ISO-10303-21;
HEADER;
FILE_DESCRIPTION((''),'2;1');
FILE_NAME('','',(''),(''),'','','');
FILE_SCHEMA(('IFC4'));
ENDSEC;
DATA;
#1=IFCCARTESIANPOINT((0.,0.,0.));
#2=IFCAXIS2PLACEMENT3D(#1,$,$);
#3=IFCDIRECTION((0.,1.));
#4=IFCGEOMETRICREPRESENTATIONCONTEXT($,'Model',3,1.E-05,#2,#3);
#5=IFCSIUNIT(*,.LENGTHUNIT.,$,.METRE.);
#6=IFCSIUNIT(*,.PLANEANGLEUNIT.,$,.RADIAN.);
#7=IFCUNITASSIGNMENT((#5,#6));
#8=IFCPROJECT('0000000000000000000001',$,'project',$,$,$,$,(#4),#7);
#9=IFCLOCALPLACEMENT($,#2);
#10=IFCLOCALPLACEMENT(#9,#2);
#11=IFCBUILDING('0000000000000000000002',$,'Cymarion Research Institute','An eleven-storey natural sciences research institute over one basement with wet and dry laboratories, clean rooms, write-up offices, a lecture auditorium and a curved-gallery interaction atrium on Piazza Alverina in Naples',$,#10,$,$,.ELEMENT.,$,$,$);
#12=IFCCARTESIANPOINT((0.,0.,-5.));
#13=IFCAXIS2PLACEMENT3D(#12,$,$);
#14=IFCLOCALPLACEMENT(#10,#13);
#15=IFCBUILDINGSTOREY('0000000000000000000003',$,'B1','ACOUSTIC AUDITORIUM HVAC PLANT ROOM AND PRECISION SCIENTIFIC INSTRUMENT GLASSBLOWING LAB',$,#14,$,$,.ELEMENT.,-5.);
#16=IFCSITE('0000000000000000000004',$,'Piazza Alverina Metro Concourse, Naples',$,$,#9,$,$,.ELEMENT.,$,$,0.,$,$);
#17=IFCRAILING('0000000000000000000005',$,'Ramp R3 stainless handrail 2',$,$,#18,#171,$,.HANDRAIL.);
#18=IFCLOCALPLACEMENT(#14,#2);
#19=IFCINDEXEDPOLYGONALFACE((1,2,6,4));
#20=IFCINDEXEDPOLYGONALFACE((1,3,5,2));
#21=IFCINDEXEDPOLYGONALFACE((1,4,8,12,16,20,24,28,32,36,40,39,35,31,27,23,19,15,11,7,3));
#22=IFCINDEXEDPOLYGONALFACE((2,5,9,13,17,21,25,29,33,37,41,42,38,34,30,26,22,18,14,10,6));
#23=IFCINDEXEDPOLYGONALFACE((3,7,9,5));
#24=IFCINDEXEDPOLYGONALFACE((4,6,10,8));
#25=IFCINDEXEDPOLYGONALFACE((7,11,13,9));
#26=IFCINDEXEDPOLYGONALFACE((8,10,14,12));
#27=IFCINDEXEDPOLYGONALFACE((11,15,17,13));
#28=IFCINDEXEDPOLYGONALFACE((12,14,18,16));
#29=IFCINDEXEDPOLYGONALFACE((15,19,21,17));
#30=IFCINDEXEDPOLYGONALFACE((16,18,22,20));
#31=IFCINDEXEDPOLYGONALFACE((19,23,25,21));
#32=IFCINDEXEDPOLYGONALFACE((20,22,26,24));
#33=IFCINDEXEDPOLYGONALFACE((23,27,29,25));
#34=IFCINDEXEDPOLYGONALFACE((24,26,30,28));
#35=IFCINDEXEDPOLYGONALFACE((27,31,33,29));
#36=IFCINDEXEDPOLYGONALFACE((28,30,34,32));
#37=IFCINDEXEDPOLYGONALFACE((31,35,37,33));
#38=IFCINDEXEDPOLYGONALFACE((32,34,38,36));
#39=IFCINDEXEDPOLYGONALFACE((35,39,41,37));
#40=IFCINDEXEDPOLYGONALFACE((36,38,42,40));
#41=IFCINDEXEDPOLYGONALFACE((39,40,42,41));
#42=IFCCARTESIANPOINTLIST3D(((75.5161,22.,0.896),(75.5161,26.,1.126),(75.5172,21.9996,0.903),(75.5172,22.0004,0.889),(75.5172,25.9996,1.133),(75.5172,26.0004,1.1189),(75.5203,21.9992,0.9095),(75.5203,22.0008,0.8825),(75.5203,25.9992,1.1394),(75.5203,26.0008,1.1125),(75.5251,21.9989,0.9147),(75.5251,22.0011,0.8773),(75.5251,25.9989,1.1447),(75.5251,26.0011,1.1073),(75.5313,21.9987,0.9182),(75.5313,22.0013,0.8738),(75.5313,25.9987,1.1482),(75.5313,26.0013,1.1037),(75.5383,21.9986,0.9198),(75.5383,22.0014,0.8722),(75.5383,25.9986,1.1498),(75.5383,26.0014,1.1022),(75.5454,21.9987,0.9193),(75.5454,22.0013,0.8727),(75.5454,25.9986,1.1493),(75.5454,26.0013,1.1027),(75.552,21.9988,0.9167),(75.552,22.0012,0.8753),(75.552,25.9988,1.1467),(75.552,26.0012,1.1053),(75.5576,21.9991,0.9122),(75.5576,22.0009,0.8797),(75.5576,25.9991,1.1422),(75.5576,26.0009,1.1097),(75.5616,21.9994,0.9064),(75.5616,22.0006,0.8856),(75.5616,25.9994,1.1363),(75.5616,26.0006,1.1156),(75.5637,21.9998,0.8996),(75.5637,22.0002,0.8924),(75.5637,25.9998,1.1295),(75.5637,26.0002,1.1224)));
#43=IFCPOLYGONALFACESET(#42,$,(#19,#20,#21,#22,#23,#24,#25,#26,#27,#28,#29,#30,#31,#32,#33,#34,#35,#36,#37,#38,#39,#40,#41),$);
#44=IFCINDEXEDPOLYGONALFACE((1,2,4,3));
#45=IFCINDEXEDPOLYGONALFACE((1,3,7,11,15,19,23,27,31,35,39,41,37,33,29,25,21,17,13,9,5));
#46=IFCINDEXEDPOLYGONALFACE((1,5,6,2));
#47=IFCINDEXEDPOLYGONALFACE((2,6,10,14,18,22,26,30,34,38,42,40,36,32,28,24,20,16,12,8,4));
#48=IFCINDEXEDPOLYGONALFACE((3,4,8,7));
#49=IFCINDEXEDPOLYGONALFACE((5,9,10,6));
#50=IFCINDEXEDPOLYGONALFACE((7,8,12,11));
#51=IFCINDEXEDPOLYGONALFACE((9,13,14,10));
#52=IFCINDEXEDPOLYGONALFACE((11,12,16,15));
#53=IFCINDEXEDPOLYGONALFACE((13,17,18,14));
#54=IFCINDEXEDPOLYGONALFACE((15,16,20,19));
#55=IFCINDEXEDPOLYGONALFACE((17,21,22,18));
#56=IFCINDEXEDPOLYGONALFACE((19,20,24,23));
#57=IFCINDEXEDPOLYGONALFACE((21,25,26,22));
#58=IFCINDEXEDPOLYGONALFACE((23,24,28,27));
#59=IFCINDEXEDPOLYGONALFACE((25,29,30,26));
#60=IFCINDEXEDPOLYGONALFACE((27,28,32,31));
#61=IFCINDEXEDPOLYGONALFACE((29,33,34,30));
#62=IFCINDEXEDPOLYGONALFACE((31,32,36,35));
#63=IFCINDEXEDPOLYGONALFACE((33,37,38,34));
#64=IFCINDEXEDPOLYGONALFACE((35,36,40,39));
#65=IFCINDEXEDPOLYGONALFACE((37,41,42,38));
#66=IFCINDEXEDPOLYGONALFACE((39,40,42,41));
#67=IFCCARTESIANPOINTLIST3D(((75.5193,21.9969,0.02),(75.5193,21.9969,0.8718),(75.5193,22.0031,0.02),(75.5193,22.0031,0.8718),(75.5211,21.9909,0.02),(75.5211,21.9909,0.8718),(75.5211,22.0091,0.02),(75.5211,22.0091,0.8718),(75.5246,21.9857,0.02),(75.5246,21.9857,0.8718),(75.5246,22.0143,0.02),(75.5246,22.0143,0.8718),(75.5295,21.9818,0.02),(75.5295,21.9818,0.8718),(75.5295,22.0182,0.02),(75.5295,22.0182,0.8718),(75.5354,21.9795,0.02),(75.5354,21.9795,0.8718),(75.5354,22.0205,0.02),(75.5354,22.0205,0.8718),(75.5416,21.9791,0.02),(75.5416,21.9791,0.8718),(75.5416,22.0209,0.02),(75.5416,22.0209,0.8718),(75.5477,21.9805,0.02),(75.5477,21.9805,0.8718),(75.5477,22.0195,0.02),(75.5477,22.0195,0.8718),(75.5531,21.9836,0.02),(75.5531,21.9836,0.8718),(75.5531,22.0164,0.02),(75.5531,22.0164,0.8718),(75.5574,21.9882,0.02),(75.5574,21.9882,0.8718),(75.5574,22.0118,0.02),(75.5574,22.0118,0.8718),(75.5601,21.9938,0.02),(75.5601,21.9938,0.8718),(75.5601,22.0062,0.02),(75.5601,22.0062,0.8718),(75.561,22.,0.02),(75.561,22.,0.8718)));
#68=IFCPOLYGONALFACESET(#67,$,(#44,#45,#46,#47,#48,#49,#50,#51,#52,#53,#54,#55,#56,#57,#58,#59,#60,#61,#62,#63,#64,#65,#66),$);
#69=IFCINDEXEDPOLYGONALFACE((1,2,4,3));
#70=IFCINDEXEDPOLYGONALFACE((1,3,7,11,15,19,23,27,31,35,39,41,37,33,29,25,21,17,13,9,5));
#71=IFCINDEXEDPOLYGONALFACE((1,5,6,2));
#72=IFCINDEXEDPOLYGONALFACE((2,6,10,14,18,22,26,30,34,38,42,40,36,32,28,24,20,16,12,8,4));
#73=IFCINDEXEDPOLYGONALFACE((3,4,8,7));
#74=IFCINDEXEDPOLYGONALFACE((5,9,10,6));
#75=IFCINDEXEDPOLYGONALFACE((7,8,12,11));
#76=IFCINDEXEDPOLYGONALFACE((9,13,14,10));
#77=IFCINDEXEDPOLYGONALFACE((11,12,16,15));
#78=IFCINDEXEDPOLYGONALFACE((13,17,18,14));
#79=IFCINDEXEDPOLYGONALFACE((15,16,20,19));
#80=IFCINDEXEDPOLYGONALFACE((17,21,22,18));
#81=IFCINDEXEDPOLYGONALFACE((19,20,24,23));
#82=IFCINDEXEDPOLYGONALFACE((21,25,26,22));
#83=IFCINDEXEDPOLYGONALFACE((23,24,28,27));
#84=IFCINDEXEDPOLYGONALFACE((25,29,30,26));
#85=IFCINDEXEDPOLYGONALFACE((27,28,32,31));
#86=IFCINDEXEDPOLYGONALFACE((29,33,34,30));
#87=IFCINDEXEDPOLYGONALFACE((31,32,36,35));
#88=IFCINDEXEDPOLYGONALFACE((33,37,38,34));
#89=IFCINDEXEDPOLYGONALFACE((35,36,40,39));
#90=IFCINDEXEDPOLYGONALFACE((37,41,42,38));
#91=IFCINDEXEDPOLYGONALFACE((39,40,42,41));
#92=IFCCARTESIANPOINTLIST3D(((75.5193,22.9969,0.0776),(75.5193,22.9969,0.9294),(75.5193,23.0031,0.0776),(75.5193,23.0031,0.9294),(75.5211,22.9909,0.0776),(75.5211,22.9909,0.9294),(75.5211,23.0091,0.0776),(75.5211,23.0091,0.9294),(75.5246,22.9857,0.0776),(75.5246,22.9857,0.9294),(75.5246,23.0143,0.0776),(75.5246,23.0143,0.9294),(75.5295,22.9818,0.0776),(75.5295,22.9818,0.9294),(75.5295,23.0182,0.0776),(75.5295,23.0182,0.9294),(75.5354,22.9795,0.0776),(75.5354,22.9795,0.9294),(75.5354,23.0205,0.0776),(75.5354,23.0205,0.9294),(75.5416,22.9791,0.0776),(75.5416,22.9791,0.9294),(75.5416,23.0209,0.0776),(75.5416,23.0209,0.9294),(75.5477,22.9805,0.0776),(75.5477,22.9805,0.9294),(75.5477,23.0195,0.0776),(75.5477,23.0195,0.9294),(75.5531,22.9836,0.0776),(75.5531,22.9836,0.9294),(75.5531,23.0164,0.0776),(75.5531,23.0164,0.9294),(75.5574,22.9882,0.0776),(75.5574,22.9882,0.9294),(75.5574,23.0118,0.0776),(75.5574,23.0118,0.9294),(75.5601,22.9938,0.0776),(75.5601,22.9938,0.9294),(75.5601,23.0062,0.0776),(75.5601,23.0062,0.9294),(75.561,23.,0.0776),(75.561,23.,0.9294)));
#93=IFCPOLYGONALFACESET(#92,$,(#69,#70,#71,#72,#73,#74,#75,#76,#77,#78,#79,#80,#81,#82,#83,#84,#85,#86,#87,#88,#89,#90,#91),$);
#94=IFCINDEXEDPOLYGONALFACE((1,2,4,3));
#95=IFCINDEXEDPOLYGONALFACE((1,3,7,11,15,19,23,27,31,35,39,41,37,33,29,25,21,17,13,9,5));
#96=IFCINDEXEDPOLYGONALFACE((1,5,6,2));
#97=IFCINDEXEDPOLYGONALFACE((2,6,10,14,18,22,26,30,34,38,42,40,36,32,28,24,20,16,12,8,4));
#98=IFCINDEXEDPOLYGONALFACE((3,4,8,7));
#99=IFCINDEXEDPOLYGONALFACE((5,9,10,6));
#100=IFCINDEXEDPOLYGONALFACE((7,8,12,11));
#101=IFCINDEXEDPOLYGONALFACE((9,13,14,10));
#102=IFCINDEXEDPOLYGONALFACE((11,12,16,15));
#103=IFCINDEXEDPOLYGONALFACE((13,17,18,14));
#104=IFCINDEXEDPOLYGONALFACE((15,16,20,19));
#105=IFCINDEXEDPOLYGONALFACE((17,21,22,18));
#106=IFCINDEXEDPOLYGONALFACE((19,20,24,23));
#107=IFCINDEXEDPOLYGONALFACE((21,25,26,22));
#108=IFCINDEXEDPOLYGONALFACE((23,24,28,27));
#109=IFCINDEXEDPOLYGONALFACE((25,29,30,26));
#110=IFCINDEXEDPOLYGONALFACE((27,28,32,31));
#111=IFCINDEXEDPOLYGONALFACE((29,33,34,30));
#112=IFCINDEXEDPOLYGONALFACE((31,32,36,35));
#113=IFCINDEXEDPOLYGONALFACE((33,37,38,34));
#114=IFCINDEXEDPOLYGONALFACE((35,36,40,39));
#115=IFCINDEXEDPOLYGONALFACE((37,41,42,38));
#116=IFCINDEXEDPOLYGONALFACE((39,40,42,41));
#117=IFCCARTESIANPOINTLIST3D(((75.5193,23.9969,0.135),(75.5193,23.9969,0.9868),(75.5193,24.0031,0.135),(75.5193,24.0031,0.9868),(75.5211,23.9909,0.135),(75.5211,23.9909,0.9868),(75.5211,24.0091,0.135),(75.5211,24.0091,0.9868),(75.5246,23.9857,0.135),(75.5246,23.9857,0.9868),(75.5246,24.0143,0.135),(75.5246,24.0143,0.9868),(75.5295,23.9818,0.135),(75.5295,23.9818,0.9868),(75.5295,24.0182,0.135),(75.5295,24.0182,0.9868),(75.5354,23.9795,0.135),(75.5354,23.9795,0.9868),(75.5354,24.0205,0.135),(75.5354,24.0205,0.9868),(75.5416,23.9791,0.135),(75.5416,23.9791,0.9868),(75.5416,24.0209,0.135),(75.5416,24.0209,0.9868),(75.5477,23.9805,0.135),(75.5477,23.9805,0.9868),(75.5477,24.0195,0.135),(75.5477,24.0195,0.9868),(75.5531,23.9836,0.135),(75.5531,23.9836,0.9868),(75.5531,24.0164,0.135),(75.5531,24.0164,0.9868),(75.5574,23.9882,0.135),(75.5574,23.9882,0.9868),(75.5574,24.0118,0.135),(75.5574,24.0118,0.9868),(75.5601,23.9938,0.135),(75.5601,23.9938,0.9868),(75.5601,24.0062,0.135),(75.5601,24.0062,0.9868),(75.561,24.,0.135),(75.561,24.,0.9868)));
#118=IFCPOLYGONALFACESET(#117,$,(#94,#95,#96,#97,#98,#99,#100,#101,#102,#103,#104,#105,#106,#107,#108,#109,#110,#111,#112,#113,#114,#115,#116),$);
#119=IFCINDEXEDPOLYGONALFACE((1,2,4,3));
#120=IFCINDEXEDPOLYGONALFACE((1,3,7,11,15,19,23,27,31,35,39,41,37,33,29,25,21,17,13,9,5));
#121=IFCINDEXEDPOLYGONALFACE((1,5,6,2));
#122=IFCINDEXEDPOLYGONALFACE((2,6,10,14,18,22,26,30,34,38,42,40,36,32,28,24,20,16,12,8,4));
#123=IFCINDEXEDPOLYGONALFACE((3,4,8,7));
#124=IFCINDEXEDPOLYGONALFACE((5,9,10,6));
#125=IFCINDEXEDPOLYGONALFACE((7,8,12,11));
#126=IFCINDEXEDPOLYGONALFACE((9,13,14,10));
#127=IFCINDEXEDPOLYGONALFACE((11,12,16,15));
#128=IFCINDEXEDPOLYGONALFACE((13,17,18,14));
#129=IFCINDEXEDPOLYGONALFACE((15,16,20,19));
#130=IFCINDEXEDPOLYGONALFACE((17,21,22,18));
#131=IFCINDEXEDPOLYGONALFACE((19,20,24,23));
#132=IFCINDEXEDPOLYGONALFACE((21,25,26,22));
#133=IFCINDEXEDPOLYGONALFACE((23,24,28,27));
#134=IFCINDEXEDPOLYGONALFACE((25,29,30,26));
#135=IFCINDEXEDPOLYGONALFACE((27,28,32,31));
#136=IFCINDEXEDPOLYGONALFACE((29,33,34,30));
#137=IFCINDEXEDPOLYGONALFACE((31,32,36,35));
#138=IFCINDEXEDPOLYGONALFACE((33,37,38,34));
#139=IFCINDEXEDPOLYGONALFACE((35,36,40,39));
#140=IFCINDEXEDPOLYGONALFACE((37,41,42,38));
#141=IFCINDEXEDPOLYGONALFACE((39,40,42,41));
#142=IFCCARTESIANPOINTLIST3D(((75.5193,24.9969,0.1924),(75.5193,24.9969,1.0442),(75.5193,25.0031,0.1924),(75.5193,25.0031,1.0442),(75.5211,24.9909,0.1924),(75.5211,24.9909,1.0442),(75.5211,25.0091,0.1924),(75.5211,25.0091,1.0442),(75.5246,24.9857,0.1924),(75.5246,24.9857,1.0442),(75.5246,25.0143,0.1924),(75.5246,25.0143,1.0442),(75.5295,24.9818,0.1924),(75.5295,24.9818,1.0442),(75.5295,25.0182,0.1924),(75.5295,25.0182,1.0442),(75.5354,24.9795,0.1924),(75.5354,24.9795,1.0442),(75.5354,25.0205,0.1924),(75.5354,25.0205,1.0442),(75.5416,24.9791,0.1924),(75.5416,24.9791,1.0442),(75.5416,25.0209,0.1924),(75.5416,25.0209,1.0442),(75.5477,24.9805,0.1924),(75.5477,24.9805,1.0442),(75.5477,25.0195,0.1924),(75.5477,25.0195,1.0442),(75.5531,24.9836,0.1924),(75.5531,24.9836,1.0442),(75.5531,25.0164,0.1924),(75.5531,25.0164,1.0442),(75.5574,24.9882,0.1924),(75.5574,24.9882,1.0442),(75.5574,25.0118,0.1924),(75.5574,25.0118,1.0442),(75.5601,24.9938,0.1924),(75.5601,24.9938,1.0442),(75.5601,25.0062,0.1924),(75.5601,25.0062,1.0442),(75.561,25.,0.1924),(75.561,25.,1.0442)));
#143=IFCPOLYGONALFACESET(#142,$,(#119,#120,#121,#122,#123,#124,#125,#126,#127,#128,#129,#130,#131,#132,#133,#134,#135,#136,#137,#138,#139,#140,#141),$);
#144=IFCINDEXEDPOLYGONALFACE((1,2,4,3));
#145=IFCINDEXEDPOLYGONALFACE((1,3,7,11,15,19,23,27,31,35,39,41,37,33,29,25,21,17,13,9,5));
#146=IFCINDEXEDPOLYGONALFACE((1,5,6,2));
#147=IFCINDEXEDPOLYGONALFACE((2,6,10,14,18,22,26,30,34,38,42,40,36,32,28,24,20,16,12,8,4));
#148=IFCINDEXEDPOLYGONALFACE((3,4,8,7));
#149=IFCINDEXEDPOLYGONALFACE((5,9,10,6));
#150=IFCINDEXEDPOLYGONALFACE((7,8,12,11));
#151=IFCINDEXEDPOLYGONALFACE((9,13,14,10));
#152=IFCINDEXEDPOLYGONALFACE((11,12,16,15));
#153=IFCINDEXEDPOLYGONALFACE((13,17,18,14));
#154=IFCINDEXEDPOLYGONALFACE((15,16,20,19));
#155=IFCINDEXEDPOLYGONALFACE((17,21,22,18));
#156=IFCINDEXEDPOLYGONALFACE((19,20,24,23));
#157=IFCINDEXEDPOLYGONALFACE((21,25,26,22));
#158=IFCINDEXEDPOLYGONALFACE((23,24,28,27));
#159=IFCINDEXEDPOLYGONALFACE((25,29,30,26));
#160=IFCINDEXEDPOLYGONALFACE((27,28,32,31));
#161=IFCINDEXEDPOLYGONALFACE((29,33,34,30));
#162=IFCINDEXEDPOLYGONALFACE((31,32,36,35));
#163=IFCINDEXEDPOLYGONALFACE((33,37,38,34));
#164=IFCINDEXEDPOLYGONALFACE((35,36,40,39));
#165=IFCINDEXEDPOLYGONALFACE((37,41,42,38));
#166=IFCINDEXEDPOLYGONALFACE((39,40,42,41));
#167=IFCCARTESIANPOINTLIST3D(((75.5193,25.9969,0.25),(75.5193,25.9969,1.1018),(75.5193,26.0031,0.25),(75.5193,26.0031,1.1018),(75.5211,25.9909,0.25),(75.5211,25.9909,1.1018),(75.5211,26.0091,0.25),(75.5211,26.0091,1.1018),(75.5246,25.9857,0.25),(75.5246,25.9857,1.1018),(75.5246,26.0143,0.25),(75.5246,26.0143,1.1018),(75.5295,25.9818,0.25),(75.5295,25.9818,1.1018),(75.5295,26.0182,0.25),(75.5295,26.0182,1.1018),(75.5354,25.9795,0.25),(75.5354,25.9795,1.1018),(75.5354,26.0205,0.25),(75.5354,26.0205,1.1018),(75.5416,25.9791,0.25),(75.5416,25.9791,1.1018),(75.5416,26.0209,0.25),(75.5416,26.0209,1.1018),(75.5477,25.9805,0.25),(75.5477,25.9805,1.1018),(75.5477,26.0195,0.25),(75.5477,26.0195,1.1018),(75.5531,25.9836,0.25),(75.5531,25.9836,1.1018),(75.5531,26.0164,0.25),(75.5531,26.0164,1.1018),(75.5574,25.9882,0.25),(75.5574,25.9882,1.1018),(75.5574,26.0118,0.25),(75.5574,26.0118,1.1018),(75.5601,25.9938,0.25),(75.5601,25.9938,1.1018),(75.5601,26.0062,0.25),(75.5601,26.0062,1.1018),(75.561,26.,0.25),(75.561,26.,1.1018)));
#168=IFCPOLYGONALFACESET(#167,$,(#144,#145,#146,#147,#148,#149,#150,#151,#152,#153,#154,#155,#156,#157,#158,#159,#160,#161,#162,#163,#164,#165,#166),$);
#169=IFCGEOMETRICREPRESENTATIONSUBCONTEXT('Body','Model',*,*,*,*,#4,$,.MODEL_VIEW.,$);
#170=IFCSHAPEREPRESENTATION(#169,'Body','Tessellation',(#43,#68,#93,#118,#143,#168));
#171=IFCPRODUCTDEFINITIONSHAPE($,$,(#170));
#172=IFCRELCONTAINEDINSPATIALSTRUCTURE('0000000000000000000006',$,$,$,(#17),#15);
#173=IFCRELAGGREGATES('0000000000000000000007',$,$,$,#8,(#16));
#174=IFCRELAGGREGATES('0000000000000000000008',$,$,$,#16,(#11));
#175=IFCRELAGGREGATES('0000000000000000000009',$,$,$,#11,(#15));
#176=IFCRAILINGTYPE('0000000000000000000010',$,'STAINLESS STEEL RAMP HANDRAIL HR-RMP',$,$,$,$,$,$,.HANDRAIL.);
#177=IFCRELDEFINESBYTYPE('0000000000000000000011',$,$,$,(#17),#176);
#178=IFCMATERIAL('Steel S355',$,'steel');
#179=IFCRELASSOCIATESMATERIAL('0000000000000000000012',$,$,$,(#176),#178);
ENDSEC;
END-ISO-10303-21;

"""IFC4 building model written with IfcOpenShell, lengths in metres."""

from ifc_helpers import new_model, si_unit, direction, frame, origin, origin_2d, place, context, subcontext, project, spatial, circle, extrude, material, type_object, element, save


model = new_model("IFC4")

# Units and contexts
model_context = context("Model", 3, precision=1e-05, world=origin(), true_north=direction((0.0, 1.0)))
body_context = subcontext(model_context, "Body", "Model", "MODEL_VIEW")
ifc_project = project(units=[si_unit("LENGTHUNIT", "METRE"), si_unit("PLANEANGLEUNIT", "RADIAN")], contexts=[model_context])

# Site, building, storey
site_placement = place(None, origin())
site = spatial("IfcSite", under=ifc_project, at=site_placement, Name="Piazza Alverina Metro Concourse, Naples", CompositionType="ELEMENT", RefElevation=0.0)
building_placement = place(site_placement, origin())
building = spatial("IfcBuilding", under=site, at=building_placement, Name="Cymarion Research Institute", Description="An eleven-storey natural sciences research institute over one basement with wet and dry laboratories, clean rooms, write-up offices, a lecture auditorium and a curved-gallery interaction atrium on Piazza Alverina in Naples", CompositionType="ELEMENT")
storey_placement = place(building_placement, frame((0.0, 0.0, -5.0)))
storey = spatial("IfcBuildingStorey", under=building, at=storey_placement, Name="B1", Description="ACOUSTIC AUDITORIUM HVAC PLANT ROOM AND PRECISION SCIENTIFIC INSTRUMENT GLASSBLOWING LAB", CompositionType="ELEMENT", Elevation=-5.0)

# Shared definitions
ifc_material_1 = material(Name="Steel S355", Category="steel")

# Railing
railing_type = type_object("IfcRailingType", Name="STAINLESS STEEL RAMP HANDRAIL HR-RMP", PredefinedType="HANDRAIL", material=ifc_material_1)
for number, where, name in (
    (1, (75.54, 22.0, 0.02), "Ramp R3 stainless handrail 2"),
):
    element("IfcRailing", number, at=place(storey_placement, frame(where)), inside=storey, type_object=railing_type, Name=name, PredefinedType="HANDRAIL", context=body_context, shape_type="SweptSolid", body=[
        extrude(circle(Radius=0.0239, at=origin_2d()), frame((0.0, 0.0, 0.876), z_axis=(0.0, 0.998351, 0.0574), x_axis=(-1.0, 0.0, 0.0)), (0.0, 0.0, 1.0), 4.0066),
        extrude(circle(Radius=0.021, at=origin_2d()), origin(), (0.0, 0.0, 1.0), 0.8518),
        extrude(circle(Radius=0.021, at=origin_2d()), frame((0.0, 1.0, 0.0576)), (0.0, 0.0, 1.0), 0.8518),
        extrude(circle(Radius=0.021, at=origin_2d()), frame((0.0, 2.0, 0.115)), (0.0, 0.0, 1.0), 0.8518),
        extrude(circle(Radius=0.021, at=origin_2d()), frame((0.0, 3.0, 0.1724)), (0.0, 0.0, 1.0), 0.8518),
        extrude(circle(Radius=0.021, at=origin_2d()), frame((0.0, 4.0, 0.23)), (0.0, 0.0, 1.0), 0.8518),
    ])

save(model, "model.ifc")
